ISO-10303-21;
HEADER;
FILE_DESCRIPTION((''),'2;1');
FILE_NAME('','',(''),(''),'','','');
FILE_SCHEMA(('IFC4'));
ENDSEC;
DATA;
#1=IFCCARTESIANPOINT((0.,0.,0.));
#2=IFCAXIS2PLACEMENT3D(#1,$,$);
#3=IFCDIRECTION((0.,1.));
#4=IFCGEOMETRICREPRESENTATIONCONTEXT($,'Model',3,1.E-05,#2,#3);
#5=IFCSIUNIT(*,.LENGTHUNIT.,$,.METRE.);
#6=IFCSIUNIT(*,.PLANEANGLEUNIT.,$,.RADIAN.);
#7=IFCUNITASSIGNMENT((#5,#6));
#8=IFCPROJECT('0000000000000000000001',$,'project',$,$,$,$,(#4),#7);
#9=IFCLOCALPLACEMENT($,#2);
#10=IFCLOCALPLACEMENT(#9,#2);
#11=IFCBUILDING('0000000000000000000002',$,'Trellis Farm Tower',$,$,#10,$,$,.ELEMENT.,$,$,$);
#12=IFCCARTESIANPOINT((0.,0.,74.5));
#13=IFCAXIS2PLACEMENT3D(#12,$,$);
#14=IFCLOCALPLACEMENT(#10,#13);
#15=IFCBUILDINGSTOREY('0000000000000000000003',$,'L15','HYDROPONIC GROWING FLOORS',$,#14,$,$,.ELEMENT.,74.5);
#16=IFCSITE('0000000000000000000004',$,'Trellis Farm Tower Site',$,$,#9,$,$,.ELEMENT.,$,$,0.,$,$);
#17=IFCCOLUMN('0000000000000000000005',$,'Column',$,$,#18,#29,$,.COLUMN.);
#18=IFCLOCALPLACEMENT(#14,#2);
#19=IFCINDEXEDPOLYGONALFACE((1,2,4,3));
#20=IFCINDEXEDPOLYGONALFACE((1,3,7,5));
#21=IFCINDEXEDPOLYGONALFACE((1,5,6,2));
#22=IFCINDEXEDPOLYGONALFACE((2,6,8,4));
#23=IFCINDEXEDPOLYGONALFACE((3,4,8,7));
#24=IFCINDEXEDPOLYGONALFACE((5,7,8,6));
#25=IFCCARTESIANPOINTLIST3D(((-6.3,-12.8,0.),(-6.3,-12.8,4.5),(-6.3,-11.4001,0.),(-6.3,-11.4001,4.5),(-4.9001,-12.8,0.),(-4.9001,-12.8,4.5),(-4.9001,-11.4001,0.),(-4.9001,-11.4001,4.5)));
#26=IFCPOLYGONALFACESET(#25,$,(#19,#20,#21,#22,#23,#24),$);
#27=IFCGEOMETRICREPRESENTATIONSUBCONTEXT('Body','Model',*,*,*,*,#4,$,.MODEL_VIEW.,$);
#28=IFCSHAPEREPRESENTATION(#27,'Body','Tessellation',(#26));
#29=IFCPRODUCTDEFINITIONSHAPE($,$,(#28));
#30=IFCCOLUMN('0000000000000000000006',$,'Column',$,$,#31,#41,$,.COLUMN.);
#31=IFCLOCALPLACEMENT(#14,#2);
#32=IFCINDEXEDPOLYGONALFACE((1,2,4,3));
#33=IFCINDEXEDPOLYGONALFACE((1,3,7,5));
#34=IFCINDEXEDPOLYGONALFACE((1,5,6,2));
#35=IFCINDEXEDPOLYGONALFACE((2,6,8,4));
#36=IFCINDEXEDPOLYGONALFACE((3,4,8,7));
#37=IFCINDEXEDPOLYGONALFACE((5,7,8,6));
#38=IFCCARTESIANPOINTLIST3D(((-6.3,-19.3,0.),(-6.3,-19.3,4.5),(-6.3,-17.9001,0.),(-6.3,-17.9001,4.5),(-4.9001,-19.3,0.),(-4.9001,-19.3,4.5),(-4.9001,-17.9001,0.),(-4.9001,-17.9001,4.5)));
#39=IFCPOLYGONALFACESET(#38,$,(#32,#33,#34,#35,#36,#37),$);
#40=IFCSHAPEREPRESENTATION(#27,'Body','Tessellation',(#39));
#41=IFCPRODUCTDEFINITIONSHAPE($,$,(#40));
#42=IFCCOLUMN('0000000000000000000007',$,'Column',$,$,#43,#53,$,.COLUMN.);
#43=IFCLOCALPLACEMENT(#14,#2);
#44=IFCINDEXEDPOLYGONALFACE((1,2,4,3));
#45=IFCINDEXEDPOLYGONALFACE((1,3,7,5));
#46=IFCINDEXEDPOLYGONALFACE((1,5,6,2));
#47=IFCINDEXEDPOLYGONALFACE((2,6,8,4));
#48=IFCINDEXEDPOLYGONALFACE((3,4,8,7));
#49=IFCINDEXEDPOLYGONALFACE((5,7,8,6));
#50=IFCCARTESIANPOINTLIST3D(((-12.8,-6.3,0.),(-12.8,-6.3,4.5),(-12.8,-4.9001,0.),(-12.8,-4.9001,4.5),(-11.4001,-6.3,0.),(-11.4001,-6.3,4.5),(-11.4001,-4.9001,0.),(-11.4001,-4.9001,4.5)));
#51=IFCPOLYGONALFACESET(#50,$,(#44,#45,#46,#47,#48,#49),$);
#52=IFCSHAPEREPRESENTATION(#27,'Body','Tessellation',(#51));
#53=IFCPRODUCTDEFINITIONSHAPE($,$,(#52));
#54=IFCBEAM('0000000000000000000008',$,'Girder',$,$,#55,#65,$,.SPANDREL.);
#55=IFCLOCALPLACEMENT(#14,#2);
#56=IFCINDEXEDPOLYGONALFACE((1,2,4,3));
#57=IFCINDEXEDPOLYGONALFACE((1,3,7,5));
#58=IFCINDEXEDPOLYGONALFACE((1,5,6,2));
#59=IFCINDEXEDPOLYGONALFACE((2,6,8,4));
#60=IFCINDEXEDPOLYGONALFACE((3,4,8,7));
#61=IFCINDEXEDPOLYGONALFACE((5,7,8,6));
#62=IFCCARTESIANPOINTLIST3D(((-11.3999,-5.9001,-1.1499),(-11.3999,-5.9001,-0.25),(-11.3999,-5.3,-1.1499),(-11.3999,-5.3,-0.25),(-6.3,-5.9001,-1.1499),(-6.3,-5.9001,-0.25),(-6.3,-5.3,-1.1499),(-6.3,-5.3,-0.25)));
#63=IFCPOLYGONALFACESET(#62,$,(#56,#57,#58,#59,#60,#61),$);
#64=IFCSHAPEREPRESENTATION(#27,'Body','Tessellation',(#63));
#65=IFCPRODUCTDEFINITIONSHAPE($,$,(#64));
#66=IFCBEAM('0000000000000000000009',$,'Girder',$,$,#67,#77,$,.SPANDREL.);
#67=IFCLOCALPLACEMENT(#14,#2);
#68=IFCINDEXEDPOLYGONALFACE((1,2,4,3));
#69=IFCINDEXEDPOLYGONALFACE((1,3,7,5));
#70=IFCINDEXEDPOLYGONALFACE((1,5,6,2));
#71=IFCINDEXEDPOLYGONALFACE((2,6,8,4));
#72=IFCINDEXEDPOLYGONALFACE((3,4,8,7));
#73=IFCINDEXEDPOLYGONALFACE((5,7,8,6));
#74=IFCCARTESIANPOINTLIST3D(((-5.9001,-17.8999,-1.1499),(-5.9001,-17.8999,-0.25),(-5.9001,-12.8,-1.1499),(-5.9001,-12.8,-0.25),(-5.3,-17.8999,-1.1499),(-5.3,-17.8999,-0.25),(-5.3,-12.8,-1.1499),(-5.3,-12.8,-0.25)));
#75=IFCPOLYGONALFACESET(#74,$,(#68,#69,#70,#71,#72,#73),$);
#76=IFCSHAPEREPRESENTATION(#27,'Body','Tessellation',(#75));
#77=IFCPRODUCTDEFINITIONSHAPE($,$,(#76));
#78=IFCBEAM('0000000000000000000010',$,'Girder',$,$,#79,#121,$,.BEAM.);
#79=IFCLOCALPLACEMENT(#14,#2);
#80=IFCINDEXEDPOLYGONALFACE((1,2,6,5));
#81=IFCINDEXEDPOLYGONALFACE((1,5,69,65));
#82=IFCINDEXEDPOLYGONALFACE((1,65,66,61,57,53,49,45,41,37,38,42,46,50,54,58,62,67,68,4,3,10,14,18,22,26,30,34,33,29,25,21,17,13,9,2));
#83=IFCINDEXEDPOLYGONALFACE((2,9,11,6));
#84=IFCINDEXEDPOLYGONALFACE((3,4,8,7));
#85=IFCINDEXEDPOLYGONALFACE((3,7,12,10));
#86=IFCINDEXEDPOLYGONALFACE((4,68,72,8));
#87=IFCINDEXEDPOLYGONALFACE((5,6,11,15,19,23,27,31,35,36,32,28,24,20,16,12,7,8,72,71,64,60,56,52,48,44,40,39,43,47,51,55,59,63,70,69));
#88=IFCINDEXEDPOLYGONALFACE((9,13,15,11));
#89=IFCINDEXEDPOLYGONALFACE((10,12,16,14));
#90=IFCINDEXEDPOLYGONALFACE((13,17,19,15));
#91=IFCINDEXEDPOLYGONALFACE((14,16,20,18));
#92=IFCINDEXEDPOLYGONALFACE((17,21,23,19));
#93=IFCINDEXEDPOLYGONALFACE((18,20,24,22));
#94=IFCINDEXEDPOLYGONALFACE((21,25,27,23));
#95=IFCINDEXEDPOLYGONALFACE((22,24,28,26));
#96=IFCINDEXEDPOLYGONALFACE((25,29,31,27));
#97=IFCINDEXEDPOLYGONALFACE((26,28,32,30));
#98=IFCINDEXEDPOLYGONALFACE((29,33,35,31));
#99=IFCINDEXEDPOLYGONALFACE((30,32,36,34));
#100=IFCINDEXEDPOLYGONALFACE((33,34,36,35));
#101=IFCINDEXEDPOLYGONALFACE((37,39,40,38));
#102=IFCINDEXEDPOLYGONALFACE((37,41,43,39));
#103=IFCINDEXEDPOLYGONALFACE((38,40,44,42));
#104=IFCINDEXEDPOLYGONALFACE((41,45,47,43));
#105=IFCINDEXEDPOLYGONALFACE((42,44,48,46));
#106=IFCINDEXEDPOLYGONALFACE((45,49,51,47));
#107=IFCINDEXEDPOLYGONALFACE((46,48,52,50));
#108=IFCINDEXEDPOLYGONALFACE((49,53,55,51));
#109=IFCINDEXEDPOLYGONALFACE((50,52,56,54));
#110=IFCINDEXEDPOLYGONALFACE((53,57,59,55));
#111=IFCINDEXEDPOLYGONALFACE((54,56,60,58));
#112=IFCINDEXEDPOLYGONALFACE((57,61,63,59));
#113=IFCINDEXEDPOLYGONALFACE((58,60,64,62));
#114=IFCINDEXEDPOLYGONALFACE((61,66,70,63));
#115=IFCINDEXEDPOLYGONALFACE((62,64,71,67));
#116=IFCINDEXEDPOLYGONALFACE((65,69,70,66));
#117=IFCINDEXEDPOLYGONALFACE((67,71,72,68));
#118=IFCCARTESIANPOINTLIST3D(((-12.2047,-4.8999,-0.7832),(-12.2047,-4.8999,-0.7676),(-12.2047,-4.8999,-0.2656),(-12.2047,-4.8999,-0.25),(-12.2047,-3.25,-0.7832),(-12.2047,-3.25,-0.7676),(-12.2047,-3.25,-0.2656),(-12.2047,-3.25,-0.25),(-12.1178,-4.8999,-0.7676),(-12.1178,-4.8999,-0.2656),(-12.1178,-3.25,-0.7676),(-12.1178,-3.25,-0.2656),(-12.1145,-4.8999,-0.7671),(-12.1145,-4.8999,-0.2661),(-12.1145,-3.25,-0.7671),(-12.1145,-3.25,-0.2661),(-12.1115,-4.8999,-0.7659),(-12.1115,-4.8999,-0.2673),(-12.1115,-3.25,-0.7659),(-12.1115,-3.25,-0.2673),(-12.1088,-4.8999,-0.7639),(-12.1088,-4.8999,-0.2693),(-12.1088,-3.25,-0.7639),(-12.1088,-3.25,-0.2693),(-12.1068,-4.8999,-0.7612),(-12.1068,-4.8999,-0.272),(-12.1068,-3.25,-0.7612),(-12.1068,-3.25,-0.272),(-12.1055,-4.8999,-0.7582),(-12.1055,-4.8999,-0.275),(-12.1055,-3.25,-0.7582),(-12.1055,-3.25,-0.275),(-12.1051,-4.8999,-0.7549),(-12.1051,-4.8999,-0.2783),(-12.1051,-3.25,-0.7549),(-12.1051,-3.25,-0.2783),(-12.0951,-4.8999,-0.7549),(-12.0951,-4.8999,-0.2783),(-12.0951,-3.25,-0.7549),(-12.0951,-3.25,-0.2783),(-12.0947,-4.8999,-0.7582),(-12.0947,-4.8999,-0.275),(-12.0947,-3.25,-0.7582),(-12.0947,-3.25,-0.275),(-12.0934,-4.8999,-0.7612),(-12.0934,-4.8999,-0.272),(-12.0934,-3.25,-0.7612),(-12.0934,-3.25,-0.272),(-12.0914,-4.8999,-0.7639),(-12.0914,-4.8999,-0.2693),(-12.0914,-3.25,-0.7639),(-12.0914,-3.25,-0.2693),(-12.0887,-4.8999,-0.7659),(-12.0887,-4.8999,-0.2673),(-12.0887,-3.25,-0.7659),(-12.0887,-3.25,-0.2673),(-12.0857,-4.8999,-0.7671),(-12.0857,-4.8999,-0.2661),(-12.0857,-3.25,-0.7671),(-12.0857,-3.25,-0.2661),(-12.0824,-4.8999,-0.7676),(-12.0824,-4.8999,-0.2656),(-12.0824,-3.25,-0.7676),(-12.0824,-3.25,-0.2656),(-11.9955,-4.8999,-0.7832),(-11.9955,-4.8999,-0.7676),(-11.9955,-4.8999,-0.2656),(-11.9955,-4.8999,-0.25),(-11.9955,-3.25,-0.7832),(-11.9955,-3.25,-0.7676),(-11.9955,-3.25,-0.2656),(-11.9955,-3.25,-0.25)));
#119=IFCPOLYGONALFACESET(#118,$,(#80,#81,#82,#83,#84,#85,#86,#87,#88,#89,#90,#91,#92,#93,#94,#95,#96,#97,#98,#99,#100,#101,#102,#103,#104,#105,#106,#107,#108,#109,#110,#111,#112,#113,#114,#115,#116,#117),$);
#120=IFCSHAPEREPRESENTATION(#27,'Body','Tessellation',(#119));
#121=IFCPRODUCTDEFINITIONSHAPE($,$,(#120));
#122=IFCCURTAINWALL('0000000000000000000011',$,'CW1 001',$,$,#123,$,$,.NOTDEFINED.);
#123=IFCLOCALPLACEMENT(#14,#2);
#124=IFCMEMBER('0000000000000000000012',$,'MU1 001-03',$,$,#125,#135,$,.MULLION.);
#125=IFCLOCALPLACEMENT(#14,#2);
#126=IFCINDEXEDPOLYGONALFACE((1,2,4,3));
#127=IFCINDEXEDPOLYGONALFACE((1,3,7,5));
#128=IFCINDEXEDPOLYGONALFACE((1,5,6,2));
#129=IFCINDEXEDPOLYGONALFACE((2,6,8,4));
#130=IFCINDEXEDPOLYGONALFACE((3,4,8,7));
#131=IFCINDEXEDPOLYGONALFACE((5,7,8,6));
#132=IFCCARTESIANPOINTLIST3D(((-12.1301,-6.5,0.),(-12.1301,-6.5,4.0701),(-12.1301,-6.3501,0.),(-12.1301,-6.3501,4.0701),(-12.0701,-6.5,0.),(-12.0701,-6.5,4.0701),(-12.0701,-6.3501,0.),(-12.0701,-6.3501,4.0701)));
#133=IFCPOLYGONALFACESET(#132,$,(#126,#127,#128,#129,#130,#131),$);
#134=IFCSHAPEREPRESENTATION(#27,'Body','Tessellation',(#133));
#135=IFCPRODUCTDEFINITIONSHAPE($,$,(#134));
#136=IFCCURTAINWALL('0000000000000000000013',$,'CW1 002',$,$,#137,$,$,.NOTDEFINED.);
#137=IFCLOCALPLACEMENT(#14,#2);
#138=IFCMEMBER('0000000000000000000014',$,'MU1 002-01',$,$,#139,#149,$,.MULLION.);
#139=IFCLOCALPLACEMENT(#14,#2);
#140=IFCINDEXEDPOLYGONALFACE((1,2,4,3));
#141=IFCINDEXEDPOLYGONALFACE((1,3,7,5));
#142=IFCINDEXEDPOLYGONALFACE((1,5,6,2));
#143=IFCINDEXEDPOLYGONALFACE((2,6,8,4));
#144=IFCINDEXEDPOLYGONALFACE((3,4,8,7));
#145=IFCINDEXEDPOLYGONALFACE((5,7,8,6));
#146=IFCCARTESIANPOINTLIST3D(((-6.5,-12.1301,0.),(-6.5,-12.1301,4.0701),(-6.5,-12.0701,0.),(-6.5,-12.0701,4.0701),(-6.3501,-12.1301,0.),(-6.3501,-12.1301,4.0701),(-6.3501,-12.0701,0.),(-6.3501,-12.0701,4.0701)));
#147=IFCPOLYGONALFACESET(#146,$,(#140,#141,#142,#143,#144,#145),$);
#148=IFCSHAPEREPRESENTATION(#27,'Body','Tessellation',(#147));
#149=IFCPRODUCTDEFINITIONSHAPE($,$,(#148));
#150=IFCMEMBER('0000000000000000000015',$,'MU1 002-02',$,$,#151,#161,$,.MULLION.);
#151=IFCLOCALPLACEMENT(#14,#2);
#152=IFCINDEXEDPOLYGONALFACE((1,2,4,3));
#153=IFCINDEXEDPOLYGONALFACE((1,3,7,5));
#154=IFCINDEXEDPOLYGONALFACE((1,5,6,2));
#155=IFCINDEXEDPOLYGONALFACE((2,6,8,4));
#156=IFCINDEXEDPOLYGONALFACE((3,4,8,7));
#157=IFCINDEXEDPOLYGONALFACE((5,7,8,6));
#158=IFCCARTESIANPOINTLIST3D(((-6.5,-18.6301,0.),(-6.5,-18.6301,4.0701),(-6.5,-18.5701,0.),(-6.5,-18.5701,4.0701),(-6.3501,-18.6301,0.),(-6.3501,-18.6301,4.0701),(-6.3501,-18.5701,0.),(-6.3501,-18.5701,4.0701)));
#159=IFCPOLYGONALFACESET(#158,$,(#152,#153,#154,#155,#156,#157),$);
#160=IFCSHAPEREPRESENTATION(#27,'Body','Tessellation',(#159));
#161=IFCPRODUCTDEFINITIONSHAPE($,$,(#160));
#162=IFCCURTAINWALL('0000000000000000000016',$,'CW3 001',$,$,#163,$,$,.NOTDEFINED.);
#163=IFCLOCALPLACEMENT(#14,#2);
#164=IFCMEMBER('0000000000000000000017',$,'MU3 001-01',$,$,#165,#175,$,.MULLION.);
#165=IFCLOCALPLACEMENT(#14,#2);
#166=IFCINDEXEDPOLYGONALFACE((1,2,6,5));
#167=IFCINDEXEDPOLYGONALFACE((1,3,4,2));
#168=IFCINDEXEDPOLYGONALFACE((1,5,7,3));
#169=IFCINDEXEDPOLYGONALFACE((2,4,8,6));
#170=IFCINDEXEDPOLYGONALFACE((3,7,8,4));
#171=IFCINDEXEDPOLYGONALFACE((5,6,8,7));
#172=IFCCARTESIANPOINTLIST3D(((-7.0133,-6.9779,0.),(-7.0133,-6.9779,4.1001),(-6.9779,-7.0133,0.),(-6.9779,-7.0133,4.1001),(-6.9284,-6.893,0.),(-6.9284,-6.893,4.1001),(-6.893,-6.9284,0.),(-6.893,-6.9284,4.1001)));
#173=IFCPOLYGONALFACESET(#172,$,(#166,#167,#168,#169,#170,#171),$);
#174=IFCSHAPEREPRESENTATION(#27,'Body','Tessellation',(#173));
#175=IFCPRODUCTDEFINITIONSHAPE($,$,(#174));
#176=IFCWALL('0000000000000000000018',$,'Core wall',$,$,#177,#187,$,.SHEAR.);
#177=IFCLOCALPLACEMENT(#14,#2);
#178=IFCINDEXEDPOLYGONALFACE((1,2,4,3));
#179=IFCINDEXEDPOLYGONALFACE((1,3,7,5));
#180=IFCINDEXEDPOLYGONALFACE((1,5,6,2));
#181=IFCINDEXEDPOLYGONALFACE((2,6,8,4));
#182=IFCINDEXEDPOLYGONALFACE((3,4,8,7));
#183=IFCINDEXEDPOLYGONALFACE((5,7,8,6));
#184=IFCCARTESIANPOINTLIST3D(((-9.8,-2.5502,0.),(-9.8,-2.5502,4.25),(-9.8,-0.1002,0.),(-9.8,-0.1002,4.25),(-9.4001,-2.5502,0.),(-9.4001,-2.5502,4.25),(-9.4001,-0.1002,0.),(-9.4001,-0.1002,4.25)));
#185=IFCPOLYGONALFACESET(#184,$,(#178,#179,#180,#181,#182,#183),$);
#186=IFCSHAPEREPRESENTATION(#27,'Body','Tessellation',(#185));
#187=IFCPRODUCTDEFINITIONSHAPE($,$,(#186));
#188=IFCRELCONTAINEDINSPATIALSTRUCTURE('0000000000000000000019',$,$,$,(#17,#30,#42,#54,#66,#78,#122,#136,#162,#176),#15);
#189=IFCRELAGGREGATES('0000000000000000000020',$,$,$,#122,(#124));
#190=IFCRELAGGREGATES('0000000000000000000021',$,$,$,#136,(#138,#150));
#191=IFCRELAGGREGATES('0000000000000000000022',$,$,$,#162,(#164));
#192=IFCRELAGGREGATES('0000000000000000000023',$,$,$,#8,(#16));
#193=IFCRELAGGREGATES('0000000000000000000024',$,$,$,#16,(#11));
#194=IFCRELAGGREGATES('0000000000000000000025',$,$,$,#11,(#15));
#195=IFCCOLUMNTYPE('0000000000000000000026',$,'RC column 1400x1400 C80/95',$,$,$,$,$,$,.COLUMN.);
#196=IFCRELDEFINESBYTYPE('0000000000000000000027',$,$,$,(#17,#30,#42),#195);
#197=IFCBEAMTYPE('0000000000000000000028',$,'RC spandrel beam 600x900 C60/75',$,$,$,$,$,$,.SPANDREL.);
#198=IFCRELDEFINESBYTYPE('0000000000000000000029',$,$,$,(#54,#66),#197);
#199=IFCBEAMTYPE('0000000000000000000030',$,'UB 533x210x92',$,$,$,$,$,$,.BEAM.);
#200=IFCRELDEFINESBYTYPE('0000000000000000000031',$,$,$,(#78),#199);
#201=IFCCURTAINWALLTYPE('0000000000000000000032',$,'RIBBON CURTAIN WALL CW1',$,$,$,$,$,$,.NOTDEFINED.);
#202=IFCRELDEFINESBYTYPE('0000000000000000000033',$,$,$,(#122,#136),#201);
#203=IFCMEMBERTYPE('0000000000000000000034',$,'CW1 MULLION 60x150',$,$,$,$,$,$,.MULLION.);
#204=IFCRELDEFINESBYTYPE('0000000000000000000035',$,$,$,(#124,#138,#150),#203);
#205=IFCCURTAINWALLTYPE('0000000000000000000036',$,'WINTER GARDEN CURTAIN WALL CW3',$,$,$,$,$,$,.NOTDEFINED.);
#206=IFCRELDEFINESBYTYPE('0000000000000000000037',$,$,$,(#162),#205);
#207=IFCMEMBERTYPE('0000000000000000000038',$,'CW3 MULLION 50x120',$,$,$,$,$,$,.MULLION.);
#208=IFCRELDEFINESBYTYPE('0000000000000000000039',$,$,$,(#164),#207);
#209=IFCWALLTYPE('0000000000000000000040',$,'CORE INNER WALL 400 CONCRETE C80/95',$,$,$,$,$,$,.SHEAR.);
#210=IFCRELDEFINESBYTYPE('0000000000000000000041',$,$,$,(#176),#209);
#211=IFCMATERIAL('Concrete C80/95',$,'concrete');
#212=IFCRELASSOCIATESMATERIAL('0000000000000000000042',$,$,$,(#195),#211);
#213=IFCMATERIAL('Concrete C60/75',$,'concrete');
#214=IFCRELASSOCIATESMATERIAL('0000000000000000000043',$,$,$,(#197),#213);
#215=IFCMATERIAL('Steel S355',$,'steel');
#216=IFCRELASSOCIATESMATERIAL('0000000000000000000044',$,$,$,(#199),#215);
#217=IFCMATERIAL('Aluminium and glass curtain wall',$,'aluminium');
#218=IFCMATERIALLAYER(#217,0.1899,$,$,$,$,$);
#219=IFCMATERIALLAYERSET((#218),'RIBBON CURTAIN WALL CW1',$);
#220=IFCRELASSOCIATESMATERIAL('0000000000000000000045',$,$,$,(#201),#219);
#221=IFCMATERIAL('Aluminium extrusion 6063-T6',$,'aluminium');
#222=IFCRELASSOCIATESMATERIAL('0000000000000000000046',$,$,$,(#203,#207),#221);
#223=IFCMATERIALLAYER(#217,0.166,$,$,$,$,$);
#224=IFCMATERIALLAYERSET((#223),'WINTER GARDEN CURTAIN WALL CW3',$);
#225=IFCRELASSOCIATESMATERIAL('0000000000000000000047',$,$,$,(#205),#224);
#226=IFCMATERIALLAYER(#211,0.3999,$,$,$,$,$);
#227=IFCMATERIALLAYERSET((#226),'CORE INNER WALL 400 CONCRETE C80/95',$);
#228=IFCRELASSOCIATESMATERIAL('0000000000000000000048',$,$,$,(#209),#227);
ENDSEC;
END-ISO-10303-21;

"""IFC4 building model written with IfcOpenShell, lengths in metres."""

from ifc_helpers import new_model, si_unit, direction, frame, frame_2d, origin, origin_2d, place, context, subcontext, project, spatial, rectangle, i_section, extrude, source, transform, mapped, material, layer, layer_set, material_profile, profile_set, type_object, element, aggregate, save


model = new_model("IFC4")

# Units and contexts
model_context = context("Model", 3, precision=1e-05, world=origin(), true_north=direction((0.0, 1.0)))
body_context = subcontext(model_context, "Body", "Model", "MODEL_VIEW")
ifc_project = project(units=[si_unit("LENGTHUNIT", "METRE"), si_unit("PLANEANGLEUNIT", "RADIAN")], contexts=[model_context])

# Site, building, storey
site_placement = place(None, origin())
site = spatial("IfcSite", under=ifc_project, at=site_placement, Name="Trellis Farm Tower Site", CompositionType="ELEMENT", RefElevation=0.0)
building_placement = place(site_placement, origin())
building = spatial("IfcBuilding", under=site, at=building_placement, Name="Trellis Farm Tower", CompositionType="ELEMENT")
storey_placement = place(building_placement, frame((0.0, 0.0, 74.5)))
storey = spatial("IfcBuildingStorey", under=building, at=storey_placement, Name="L15", Description="HYDROPONIC GROWING FLOORS", CompositionType="ELEMENT", Elevation=74.5)

# Columns
ifc_material_1 = material(Name="Concrete C80/95", Category="concrete")
ifc_material_profile_1 = material_profile(ifc_material_1, rectangle(XDim=1.3999, YDim=1.3999, at=origin_2d()), Name="RC column 1400x1400 C80/95")
ifc_profile_set_1 = profile_set([ifc_material_profile_1], Name="Concrete C80/95")
column_type = type_object("IfcColumnType", Name="RC column 1400x1400 C80/95", PredefinedType="COLUMN", material=ifc_profile_set_1)
shared_shape_1 = source(origin(), body_context, "Body", "SweptSolid", [
    extrude(rectangle(XDim=1.3999, YDim=1.3999, at=origin_2d()), origin(), (0.0, 0.0, 1.0), 4.5),
])
for number, where, z_axis, x_axis, name in (
    (1, (-5.6001, -12.1001, 0.0), (0.0, 0.0, 1.0), (1.0, 0.0, 0.0), "Column"),
    (2, (-5.6001, -18.6001, 0.0), (0.0, 0.0, 1.0), (1.0, 0.0, 0.0), "Column"),
    (3, (-12.1001, -5.6001, 0.0), (0.0, 0.0, 1.0), (1.0, 0.0, 0.0), "Column"),
):
    element("IfcColumn", number, at=place(storey_placement, frame(where, z_axis=z_axis, x_axis=x_axis)), inside=storey, type_object=column_type, Name=name, PredefinedType="COLUMN", context=body_context, shape_type="MappedRepresentation", body=[
        mapped(shared_shape_1, transform((0.0, 0.0, 0.0))),
    ])

# Beams
ifc_material_2 = material(Name="Concrete C60/75", Category="concrete")
ifc_material_profile_2 = material_profile(ifc_material_2, rectangle(XDim=0.6001, YDim=0.8999, at=origin_2d()), Name="RC spandrel beam 600x900 C60/75")
ifc_profile_set_2 = profile_set([ifc_material_profile_2], Name="Concrete C60/75")
beam_type_1 = type_object("IfcBeamType", Name="RC spandrel beam 600x900 C60/75", PredefinedType="SPANDREL", material=ifc_profile_set_2)
shared_shape_2 = source(origin(), body_context, "Body", "SweptSolid", [
    extrude(rectangle(XDim=0.6001, YDim=0.8999, at=origin_2d()), origin(), (0.0, 0.0, 1.0), 5.0999),
])
for number, where, z_axis, x_axis, name in (
    (4, (-11.3999, -5.6001, -0.7), (1.0, 0.0, 0.0), (0.0, 1.0, 0.0), "Girder"),
    (5, (-5.6001, -17.8999, -0.7), (0.0, 1.0, 0.0), (-1.0, 0.0, 0.0), "Girder"),
):
    element("IfcBeam", number, at=place(storey_placement, frame(where, z_axis=z_axis, x_axis=x_axis)), inside=storey, type_object=beam_type_1, Name=name, PredefinedType="SPANDREL", context=body_context, shape_type="MappedRepresentation", body=[
        mapped(shared_shape_2, transform((0.0, 0.0, 0.0))),
    ])
ifc_material_3 = material(Name="Steel S355", Category="steel")
ifc_material_profile_3 = material_profile(ifc_material_3, i_section(OverallWidth=0.2092, OverallDepth=0.5332, WebThickness=0.01, FlangeThickness=0.0156, FilletRadius=0.0127, at=origin_2d()), Name="UB 533x210x92")
ifc_profile_set_3 = profile_set([ifc_material_profile_3], Name="Steel S355")
beam_type_2 = type_object("IfcBeamType", Name="UB 533x210x92", PredefinedType="BEAM", material=ifc_profile_set_3)
shared_shape_3 = source(origin(), body_context, "Body", "SweptSolid", [
    extrude(i_section(OverallWidth=0.2092, OverallDepth=0.5332, WebThickness=0.01, FlangeThickness=0.0156, FilletRadius=0.0127, at=origin_2d()), origin(), (0.0, 0.0, 1.0), 1.6499),
])
beam_placement = place(storey_placement, frame((-12.1001, -4.8999, -0.5166), z_axis=(0.0, 1.0, 0.0), x_axis=(-1.0, 0.0, 0.0)))
element("IfcBeam", 6, at=beam_placement, inside=storey, type_object=beam_type_2, Name="Girder", PredefinedType="BEAM", context=body_context, shape_type="MappedRepresentation", body=[
    mapped(shared_shape_3, transform((0.0, 0.0, 0.0))),
])

# Curtain wall, member
ifc_material_4 = material(Name="Aluminium and glass curtain wall", Category="aluminium")
ifc_layer_1 = layer(ifc_material_4, 0.1899)
ifc_layer_set_1 = layer_set([ifc_layer_1], Name="RIBBON CURTAIN WALL CW1")
curtain_wall_type_1 = type_object("IfcCurtainWallType", Name="RIBBON CURTAIN WALL CW1", PredefinedType="NOTDEFINED", material=ifc_layer_set_1)
placement = place(storey_placement, origin())
curtain_wall_1 = element("IfcCurtainWall", 7, at=placement, inside=storey, type_object=curtain_wall_type_1, Name="CW1 001", PredefinedType="NOTDEFINED")
ifc_material_5 = material(Name="Aluminium extrusion 6063-T6", Category="aluminium")
ifc_material_profile_4 = material_profile(ifc_material_5, rectangle(XDim=0.0601, YDim=0.1499, at=origin_2d()), Name="MULLION 60x150")
ifc_profile_set_4 = profile_set([ifc_material_profile_4], Name="Aluminium extrusion 6063-T6")
member_type_1 = type_object("IfcMemberType", Name="CW1 MULLION 60x150", PredefinedType="MULLION", material=ifc_profile_set_4)
shared_shape_4 = source(origin(), body_context, "Body", "SweptSolid", [
    extrude(rectangle(XDim=0.0601, YDim=0.1499, at=origin_2d()), origin(), (0.0, 0.0, 1.0), 4.0701),
])
member_1_placement = place(storey_placement, frame((-12.1001, -6.425, 0.0), z_axis=(0.0, 0.0, 1.0), x_axis=(1.0, 0.0, 0.0)))
member_1 = element("IfcMember", 8, at=member_1_placement, type_object=member_type_1, Name="MU1 001-03", PredefinedType="MULLION", context=body_context, shape_type="MappedRepresentation", body=[
    mapped(shared_shape_4, transform((0.0, 0.0, 0.0))),
])
aggregate(curtain_wall_1, [member_1])

# Curtain wall, members
curtain_wall_2 = element("IfcCurtainWall", 9, at=placement, inside=storey, type_object=curtain_wall_type_1, Name="CW1 002", PredefinedType="NOTDEFINED")
member_2_placement = place(storey_placement, frame((-6.425, -12.1001, 0.0), z_axis=(0.0, 0.0, 1.0), x_axis=(0.0, -1.0, 0.0)))
member_2 = element("IfcMember", 10, at=member_2_placement, type_object=member_type_1, Name="MU1 002-01", PredefinedType="MULLION", context=body_context, shape_type="MappedRepresentation", body=[
    mapped(shared_shape_4, transform((0.0, 0.0, 0.0))),
])
member_3_placement = place(storey_placement, frame((-6.425, -18.6001, 0.0), z_axis=(0.0, 0.0, 1.0), x_axis=(0.0, -1.0, 0.0)))
member_3 = element("IfcMember", 11, at=member_3_placement, type_object=member_type_1, Name="MU1 002-02", PredefinedType="MULLION", context=body_context, shape_type="MappedRepresentation", body=[
    mapped(shared_shape_4, transform((0.0, 0.0, 0.0))),
])
aggregate(curtain_wall_2, [member_2, member_3])

# Curtain wall, member
ifc_layer_2 = layer(ifc_material_4, 0.166)
ifc_layer_set_2 = layer_set([ifc_layer_2], Name="WINTER GARDEN CURTAIN WALL CW3")
curtain_wall_type_2 = type_object("IfcCurtainWallType", Name="WINTER GARDEN CURTAIN WALL CW3", PredefinedType="NOTDEFINED", material=ifc_layer_set_2)
curtain_wall_3 = element("IfcCurtainWall", 12, at=placement, inside=storey, type_object=curtain_wall_type_2, Name="CW3 001", PredefinedType="NOTDEFINED")
ifc_material_profile_5 = material_profile(ifc_material_5, rectangle(XDim=0.05, YDim=0.1201, at=origin_2d()), Name="MULLION 50x120")
ifc_profile_set_5 = profile_set([ifc_material_profile_5], Name="Aluminium extrusion 6063-T6")
member_type_2 = type_object("IfcMemberType", Name="CW3 MULLION 50x120", PredefinedType="MULLION", material=ifc_profile_set_5)
shared_shape_5 = source(origin(), body_context, "Body", "SweptSolid", [
    extrude(rectangle(XDim=0.05, YDim=0.1201, at=origin_2d()), origin(), (0.0, 0.0, 1.0), 4.1001),
])
member_4_placement = place(storey_placement, frame((-6.9531, -6.9531, 0.0), z_axis=(0.0, 0.0, 1.0), x_axis=(0.707107, -0.707107, 0.0)))
member_4 = element("IfcMember", 13, at=member_4_placement, type_object=member_type_2, Name="MU3 001-01", PredefinedType="MULLION", context=body_context, shape_type="MappedRepresentation", body=[
    mapped(shared_shape_5, transform((0.0, 0.0, 0.0))),
])
aggregate(curtain_wall_3, [member_4])

# Wall
ifc_layer_3 = layer(ifc_material_1, 0.3999)
ifc_layer_set_3 = layer_set([ifc_layer_3], Name="CORE INNER WALL 400 CONCRETE C80/95")
wall_type_1 = type_object("IfcWallType", Name="CORE INNER WALL 400 CONCRETE C80/95", PredefinedType="SHEAR", material=ifc_layer_set_3)
shared_shape_6 = source(origin(), body_context, "Body", "SweptSolid", [
    extrude(rectangle(XDim=2.45, YDim=0.3999, at=frame_2d((1.2251, 0.0))), origin(), (0.0, 0.0, 1.0), 4.25),
])
for number, where, z_axis, x_axis, name in (
    (14, (-9.6001, -0.1001, 0.0), (0.0, 0.0, 1.0), (0.0, -1.0, 0.0), "Core wall"),
):
    element("IfcWall", number, at=place(storey_placement, frame(where, z_axis=z_axis, x_axis=x_axis)), inside=storey, type_object=wall_type_1, Name=name, PredefinedType="SHEAR", context=body_context, shape_type="MappedRepresentation", body=[
        mapped(shared_shape_6, transform((0.0, 0.0, 0.0))),
    ])

save(model, "model.ifc")
